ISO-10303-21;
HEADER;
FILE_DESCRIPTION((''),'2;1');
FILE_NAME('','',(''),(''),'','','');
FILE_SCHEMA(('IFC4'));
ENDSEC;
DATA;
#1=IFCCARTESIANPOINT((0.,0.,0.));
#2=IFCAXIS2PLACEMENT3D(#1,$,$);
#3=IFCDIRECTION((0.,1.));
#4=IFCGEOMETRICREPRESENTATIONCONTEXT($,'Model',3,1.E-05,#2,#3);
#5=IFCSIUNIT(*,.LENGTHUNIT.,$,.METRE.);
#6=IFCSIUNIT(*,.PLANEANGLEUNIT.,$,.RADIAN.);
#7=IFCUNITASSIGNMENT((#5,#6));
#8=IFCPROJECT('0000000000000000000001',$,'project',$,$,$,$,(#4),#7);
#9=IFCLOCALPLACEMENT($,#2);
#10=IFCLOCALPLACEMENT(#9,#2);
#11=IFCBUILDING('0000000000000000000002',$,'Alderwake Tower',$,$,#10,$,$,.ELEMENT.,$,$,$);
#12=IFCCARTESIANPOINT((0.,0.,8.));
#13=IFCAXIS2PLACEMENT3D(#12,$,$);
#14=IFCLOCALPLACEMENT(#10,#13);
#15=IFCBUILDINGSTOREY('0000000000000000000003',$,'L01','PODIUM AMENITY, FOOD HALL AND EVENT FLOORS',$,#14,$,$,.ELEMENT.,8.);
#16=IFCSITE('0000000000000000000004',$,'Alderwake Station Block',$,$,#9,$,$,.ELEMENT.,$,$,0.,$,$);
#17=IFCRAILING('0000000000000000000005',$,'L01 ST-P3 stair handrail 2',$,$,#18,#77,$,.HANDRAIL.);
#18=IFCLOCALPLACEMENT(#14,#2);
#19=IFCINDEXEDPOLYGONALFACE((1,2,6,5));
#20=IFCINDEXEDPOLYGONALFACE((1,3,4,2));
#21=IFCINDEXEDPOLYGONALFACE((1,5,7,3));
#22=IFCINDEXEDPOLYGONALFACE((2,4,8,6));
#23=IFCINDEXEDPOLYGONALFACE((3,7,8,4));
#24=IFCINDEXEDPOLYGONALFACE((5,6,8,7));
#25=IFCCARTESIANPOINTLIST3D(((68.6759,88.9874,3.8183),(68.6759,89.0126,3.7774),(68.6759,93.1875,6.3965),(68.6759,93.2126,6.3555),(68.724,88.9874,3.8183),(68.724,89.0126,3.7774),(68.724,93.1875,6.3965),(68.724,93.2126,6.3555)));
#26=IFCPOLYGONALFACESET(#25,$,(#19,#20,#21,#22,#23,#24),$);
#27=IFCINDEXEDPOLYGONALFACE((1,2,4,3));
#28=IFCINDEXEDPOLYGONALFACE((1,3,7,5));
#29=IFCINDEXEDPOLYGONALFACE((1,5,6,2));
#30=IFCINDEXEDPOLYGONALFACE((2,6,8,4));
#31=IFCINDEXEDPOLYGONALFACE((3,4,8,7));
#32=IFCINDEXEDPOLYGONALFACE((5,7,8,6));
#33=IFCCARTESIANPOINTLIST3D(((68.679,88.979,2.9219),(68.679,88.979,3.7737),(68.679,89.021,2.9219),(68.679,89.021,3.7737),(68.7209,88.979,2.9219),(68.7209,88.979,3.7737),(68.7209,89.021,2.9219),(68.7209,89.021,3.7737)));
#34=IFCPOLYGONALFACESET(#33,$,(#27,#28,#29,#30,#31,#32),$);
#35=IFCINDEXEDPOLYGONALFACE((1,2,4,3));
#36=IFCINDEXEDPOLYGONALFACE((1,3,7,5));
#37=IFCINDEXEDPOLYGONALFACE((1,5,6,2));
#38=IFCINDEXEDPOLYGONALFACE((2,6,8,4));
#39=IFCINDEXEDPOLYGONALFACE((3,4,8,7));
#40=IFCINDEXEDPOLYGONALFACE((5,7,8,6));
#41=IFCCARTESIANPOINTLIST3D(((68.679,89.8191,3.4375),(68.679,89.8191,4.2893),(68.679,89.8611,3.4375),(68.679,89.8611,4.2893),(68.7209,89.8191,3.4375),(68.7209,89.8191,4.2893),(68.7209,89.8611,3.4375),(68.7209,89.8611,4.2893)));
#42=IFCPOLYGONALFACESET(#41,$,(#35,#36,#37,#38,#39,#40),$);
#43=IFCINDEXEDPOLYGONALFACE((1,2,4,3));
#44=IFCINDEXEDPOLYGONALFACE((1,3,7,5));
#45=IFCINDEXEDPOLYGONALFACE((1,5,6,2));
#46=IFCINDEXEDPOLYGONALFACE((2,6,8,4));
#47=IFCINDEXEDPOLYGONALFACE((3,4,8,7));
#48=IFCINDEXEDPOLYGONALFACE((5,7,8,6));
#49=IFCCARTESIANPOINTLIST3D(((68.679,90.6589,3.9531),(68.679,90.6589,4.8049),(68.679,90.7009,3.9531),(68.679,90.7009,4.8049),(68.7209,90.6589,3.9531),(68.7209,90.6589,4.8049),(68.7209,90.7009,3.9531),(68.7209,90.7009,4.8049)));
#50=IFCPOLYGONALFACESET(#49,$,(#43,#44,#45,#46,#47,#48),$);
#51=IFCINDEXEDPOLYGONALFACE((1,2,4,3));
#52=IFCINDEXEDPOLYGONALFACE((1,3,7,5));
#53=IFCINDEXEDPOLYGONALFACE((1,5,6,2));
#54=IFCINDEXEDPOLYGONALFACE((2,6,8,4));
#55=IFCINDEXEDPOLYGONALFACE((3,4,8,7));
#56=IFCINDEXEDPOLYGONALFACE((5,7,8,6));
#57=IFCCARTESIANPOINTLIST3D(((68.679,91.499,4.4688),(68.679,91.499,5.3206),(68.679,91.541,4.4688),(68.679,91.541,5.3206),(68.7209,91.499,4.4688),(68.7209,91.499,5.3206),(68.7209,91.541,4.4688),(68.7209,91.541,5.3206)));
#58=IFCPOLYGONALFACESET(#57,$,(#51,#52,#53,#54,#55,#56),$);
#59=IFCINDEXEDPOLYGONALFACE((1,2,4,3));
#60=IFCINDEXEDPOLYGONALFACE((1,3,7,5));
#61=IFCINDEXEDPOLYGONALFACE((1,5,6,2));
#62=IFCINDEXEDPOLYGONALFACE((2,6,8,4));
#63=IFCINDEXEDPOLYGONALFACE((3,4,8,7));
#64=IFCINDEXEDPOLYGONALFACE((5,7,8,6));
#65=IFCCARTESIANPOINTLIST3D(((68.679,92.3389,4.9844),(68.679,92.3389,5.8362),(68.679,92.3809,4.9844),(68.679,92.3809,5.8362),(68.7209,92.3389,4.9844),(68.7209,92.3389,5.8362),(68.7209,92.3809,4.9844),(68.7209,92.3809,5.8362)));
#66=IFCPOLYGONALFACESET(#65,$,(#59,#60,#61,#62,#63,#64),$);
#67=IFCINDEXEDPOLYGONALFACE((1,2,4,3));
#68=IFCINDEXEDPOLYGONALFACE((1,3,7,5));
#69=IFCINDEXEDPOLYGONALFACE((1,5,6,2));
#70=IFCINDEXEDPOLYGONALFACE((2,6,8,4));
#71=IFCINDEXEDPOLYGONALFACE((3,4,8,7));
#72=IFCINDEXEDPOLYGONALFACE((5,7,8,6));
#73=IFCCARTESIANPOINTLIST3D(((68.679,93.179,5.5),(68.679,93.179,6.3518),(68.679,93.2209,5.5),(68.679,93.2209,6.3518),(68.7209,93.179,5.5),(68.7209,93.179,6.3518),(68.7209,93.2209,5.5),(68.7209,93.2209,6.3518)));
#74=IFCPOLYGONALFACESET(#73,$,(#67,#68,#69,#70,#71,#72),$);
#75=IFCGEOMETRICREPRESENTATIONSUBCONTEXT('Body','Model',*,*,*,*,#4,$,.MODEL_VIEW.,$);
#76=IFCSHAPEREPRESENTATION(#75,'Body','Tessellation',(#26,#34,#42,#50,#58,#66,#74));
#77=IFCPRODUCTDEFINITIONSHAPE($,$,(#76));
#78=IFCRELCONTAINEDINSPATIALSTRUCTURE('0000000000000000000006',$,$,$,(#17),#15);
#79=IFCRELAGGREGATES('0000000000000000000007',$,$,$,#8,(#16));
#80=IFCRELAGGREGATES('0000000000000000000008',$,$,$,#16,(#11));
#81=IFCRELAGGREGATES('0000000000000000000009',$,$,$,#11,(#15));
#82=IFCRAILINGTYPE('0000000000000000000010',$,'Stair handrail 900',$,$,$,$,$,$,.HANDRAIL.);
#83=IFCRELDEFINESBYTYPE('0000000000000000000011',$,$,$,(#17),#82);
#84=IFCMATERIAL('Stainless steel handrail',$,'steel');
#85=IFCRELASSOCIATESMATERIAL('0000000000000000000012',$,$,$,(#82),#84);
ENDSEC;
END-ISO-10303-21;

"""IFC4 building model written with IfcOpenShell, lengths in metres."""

from ifc_helpers import new_model, si_unit, direction, frame, origin, origin_2d, place, context, subcontext, project, spatial, rectangle, extrude, material, type_object, element, save


model = new_model("IFC4")

# Units and contexts
model_context = context("Model", 3, precision=1e-05, world=origin(), true_north=direction((0.0, 1.0)))
body_context = subcontext(model_context, "Body", "Model", "MODEL_VIEW")
ifc_project = project(units=[si_unit("LENGTHUNIT", "METRE"), si_unit("PLANEANGLEUNIT", "RADIAN")], contexts=[model_context])

# Site, building, storey
site_placement = place(None, origin())
site = spatial("IfcSite", under=ifc_project, at=site_placement, Name="Alderwake Station Block", CompositionType="ELEMENT", RefElevation=0.0)
building_placement = place(site_placement, origin())
building = spatial("IfcBuilding", under=site, at=building_placement, Name="Alderwake Tower", CompositionType="ELEMENT")
storey_placement = place(building_placement, frame((0.0, 0.0, 8.0)))
storey = spatial("IfcBuildingStorey", under=building, at=storey_placement, Name="L01", Description="PODIUM AMENITY, FOOD HALL AND EVENT FLOORS", CompositionType="ELEMENT", Elevation=8.0)

# Railing
ifc_material_1 = material(Name="Stainless steel handrail", Category="steel")
railing_type_1 = type_object("IfcRailingType", Name="Stair handrail 900", PredefinedType="HANDRAIL", material=ifc_material_1)
railing_1_placement = place(storey_placement, frame((68.7, 89.0, 2.9219)))
element("IfcRailing", 1, at=railing_1_placement, inside=storey, type_object=railing_type_1, Name="L01 ST-P3 stair handrail 2", PredefinedType="HANDRAIL", context=body_context, shape_type="SweptSolid", body=[
    extrude(rectangle(XDim=0.0481, YDim=0.0481, at=origin_2d()), frame((0.0, 0.0, 0.876), z_axis=(0.0, 0.852243, 0.523146), x_axis=(-1.0, 0.0, 0.0)), (0.0, 0.0, 1.0), 4.9282),
    extrude(rectangle(XDim=0.042, YDim=0.042, at=origin_2d()), frame((0.0, 0.0, 0.0), z_axis=(0.0, 0.0, 1.0), x_axis=(0.0, 1.0, 0.0)), (0.0, 0.0, 1.0), 0.8518),
    extrude(rectangle(XDim=0.042, YDim=0.042, at=origin_2d()), frame((0.0, 0.8401, 0.5156), z_axis=(0.0, 0.0, 1.0), x_axis=(0.0, 1.0, 0.0)), (0.0, 0.0, 1.0), 0.8518),
    extrude(rectangle(XDim=0.042, YDim=0.042, at=origin_2d()), frame((0.0, 1.6799, 1.0312), z_axis=(0.0, 0.0, 1.0), x_axis=(0.0, 1.0, 0.0)), (0.0, 0.0, 1.0), 0.8518),
    extrude(rectangle(XDim=0.042, YDim=0.042, at=origin_2d()), frame((0.0, 2.52, 1.5469), z_axis=(0.0, 0.0, 1.0), x_axis=(0.0, 1.0, 0.0)), (0.0, 0.0, 1.0), 0.8518),
    extrude(rectangle(XDim=0.042, YDim=0.042, at=origin_2d()), frame((0.0, 3.3599, 2.0625), z_axis=(0.0, 0.0, 1.0), x_axis=(0.0, 1.0, 0.0)), (0.0, 0.0, 1.0), 0.8518),
    extrude(rectangle(XDim=0.042, YDim=0.042, at=origin_2d()), frame((0.0, 4.2, 2.5781), z_axis=(0.0, 0.0, 1.0), x_axis=(0.0, 1.0, 0.0)), (0.0, 0.0, 1.0), 0.8518),
])

save(model, "model.ifc")
